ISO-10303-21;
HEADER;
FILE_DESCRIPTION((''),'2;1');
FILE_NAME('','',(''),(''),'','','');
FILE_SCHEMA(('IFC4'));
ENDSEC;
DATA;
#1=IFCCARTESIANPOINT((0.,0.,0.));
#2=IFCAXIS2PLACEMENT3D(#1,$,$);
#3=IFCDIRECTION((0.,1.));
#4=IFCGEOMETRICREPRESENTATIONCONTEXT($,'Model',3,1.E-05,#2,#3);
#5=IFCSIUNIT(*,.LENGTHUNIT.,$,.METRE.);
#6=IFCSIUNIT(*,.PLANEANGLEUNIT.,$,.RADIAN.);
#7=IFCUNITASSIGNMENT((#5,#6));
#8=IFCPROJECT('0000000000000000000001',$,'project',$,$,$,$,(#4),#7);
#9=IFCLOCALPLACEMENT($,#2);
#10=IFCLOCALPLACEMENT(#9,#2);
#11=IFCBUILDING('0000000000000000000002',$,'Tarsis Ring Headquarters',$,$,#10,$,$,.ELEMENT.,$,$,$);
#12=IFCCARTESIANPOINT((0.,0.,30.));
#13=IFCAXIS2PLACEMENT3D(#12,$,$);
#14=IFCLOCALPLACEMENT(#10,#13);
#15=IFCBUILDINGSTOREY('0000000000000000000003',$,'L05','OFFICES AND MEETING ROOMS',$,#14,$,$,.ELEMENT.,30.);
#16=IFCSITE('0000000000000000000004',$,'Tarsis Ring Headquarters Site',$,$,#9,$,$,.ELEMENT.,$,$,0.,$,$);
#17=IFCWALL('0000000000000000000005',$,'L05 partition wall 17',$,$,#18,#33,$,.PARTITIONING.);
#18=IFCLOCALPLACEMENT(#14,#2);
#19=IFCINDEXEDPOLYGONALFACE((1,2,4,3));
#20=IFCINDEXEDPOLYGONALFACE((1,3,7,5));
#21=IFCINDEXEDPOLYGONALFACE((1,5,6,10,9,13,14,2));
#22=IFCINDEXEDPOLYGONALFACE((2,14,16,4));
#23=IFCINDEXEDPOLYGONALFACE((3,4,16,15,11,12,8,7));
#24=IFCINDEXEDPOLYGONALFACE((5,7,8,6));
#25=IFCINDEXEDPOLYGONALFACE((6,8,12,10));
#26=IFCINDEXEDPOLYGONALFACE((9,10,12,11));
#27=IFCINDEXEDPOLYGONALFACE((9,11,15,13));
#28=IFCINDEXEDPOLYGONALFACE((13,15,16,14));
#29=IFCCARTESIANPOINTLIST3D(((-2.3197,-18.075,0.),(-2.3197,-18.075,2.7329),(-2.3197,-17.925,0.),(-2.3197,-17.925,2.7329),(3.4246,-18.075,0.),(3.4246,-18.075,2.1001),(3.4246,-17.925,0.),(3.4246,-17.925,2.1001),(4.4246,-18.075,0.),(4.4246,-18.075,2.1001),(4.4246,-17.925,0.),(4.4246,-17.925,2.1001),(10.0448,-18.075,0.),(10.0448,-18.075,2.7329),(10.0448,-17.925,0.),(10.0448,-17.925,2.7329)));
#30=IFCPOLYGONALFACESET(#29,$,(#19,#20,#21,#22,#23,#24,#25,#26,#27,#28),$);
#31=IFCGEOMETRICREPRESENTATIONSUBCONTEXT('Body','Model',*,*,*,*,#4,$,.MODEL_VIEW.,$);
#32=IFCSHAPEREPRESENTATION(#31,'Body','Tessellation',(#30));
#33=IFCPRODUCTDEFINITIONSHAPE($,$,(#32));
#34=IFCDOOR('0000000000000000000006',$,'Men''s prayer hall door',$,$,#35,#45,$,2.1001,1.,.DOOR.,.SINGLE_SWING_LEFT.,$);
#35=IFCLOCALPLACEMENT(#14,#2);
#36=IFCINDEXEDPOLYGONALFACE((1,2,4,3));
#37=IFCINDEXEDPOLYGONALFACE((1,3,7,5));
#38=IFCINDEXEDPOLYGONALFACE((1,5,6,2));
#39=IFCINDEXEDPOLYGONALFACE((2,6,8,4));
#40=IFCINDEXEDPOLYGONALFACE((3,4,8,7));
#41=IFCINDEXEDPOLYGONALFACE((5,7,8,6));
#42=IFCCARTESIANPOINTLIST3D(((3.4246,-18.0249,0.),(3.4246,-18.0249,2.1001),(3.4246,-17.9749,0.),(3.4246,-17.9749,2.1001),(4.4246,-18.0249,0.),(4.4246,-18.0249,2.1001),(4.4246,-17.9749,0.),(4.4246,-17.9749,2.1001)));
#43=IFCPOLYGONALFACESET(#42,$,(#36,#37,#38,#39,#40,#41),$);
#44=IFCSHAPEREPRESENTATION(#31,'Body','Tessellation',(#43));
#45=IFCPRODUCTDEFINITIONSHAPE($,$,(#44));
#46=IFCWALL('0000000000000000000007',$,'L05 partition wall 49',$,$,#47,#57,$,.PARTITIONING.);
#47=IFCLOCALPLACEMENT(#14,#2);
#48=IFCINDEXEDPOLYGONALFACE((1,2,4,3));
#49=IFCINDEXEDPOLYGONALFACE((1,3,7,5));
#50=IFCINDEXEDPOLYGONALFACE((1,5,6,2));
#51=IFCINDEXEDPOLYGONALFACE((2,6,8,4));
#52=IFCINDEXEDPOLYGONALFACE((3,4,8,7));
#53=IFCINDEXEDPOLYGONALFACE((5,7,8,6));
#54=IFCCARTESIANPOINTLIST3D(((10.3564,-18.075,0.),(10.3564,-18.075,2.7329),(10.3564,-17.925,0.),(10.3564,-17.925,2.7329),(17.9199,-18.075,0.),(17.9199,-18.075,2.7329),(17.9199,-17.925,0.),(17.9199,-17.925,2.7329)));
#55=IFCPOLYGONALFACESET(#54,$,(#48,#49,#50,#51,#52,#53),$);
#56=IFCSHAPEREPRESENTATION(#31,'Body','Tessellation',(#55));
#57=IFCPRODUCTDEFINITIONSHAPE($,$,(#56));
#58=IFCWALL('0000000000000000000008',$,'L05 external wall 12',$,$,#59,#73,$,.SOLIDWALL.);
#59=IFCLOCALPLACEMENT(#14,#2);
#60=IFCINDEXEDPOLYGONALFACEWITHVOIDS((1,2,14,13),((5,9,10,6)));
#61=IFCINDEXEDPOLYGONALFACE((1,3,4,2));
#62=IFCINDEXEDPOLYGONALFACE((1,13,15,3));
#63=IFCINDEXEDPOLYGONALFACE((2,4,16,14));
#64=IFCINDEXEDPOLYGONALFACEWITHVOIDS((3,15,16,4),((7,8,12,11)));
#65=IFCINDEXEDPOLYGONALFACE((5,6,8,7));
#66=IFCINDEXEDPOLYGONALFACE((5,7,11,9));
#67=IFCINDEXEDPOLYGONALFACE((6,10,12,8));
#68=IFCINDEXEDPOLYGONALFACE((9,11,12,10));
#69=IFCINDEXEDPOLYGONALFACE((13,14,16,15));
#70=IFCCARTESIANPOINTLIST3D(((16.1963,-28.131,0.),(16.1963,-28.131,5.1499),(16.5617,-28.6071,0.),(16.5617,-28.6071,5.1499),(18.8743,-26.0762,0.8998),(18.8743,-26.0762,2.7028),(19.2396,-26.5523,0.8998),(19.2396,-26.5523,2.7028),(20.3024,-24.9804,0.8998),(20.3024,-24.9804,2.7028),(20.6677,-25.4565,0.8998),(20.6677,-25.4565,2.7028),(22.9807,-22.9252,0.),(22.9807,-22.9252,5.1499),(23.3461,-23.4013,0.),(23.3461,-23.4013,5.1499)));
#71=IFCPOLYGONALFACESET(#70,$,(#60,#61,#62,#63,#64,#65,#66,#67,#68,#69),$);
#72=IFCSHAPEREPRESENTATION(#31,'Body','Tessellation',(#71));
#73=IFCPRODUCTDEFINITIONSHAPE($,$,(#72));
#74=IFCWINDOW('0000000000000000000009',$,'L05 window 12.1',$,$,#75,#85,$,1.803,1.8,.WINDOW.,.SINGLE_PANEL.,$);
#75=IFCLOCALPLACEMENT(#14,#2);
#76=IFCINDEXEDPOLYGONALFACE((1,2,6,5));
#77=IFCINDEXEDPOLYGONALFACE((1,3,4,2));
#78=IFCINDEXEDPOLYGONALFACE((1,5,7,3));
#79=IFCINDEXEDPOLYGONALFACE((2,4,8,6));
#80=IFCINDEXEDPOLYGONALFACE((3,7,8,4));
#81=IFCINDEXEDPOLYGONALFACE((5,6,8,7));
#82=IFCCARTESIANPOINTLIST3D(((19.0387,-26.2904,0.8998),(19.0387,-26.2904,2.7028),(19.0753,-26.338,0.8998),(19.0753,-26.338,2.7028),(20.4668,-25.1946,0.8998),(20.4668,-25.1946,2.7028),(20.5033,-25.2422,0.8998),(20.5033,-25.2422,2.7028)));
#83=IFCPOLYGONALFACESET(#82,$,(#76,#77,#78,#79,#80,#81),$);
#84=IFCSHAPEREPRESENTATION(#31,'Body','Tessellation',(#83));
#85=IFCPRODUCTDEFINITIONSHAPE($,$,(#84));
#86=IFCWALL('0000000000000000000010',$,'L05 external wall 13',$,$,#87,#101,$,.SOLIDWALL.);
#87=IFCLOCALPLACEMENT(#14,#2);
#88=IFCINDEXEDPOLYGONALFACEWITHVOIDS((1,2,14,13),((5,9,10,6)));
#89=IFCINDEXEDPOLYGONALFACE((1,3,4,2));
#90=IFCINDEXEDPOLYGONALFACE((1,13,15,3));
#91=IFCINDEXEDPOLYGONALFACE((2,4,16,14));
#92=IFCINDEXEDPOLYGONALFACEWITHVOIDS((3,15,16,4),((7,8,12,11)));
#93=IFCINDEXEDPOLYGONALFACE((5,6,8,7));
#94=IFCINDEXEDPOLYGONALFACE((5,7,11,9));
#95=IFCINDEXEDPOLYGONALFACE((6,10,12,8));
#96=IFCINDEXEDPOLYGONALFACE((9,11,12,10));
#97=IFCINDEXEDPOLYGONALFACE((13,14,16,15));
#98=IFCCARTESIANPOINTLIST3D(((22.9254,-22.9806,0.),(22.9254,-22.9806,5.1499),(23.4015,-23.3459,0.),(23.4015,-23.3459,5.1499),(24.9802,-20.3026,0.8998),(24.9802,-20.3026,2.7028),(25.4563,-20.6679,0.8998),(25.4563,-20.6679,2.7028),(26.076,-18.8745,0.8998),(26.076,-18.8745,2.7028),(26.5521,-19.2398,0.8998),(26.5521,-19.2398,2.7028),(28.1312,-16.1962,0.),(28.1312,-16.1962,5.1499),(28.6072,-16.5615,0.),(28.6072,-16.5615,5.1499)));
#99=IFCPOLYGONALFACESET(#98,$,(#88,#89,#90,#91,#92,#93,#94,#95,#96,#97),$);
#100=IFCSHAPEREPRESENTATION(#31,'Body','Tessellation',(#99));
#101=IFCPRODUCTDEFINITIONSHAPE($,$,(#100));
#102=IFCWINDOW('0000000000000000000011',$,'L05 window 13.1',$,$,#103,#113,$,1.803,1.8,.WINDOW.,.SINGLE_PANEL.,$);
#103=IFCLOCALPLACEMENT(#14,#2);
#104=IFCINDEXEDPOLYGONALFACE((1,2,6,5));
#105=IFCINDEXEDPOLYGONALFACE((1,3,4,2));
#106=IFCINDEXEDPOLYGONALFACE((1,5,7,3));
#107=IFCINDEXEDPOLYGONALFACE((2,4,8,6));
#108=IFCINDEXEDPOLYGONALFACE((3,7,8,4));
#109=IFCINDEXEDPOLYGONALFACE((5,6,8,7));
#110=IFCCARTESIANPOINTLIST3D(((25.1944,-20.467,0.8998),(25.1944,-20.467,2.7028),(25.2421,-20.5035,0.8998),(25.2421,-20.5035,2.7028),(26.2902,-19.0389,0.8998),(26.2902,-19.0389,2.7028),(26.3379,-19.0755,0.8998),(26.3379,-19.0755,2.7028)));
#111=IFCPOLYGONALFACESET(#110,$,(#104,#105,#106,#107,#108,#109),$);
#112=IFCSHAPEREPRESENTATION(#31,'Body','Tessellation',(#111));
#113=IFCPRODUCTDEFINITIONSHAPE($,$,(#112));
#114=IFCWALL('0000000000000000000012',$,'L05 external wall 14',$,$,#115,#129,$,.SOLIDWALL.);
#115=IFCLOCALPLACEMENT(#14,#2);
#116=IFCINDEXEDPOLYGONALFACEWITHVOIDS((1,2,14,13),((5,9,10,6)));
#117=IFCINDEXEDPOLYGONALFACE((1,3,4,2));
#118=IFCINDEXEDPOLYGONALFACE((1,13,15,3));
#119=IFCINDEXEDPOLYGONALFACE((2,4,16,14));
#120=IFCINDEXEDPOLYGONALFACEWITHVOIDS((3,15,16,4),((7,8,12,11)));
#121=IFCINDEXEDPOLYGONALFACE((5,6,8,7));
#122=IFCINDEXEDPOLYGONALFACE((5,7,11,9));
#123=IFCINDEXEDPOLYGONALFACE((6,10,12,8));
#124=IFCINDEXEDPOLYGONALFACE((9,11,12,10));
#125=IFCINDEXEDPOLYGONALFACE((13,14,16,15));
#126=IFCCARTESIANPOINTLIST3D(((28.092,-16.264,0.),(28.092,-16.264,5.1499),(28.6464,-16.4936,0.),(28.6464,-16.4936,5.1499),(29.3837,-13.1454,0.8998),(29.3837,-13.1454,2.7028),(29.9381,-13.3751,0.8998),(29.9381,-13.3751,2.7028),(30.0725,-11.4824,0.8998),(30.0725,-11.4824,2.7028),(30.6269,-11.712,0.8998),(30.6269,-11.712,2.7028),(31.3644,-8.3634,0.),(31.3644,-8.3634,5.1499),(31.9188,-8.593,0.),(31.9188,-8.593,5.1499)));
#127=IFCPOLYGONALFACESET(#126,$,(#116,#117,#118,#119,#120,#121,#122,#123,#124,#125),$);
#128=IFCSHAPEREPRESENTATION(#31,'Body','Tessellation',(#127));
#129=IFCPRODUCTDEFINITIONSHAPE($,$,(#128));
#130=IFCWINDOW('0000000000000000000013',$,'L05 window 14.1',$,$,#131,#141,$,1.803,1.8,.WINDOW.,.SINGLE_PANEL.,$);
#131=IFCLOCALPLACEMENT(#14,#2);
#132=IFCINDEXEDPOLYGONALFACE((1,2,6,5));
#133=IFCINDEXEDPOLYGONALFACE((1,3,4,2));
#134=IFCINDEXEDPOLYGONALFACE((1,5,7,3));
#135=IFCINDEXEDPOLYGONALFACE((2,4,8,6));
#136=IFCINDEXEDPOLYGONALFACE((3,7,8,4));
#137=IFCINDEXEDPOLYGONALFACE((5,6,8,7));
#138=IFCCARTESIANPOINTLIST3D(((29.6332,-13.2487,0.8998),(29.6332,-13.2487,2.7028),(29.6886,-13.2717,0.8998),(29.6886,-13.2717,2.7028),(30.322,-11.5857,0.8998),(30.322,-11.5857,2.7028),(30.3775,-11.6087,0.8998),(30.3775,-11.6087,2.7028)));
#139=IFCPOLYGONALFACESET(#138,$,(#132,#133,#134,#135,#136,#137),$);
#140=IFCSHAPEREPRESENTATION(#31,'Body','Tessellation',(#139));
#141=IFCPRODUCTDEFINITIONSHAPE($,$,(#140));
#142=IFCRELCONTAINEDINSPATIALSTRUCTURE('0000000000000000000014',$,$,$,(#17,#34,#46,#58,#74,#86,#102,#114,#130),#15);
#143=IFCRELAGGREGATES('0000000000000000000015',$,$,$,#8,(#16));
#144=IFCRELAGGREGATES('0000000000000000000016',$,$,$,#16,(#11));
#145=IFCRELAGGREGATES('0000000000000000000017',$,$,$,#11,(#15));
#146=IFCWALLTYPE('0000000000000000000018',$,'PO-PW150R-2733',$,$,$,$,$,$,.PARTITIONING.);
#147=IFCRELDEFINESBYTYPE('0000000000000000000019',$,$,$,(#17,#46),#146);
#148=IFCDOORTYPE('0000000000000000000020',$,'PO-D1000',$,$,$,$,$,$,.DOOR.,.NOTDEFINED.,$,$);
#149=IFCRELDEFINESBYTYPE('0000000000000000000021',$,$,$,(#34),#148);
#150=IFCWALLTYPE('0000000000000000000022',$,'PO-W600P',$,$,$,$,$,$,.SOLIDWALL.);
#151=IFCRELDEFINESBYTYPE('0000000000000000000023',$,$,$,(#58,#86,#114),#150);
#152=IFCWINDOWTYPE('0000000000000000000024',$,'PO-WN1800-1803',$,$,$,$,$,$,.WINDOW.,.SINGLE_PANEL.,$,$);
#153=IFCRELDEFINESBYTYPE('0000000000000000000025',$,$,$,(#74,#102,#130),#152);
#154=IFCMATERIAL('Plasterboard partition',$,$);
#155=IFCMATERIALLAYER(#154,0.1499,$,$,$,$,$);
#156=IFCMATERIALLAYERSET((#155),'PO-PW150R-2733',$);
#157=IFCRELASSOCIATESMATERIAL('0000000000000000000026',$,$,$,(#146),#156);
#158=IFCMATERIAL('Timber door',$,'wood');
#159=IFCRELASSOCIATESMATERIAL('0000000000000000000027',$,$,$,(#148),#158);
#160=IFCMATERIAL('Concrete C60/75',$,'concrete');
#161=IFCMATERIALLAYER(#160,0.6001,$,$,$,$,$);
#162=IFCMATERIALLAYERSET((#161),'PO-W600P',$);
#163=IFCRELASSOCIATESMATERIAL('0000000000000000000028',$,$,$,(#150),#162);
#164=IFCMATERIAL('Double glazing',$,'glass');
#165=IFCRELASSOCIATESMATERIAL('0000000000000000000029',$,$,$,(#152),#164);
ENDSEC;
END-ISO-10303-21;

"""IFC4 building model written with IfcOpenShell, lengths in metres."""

from ifc_helpers import new_model, si_unit, direction, frame, frame_2d, origin, place, context, subcontext, project, spatial, rectangle, extrude, material, layer, layer_set, type_object, element, fill, save


model = new_model("IFC4")

# Units and contexts
model_context = context("Model", 3, precision=1e-05, world=origin(), true_north=direction((0.0, 1.0)))
body_context = subcontext(model_context, "Body", "Model", "MODEL_VIEW")
ifc_project = project(units=[si_unit("LENGTHUNIT", "METRE"), si_unit("PLANEANGLEUNIT", "RADIAN")], contexts=[model_context])

# Site, building, storey
site_placement = place(None, origin())
site = spatial("IfcSite", under=ifc_project, at=site_placement, Name="Tarsis Ring Headquarters Site", CompositionType="ELEMENT", RefElevation=0.0)
building_placement = place(site_placement, origin())
building = spatial("IfcBuilding", under=site, at=building_placement, Name="Tarsis Ring Headquarters", CompositionType="ELEMENT")
storey_placement = place(building_placement, frame((0.0, 0.0, 30.0)))
storey = spatial("IfcBuildingStorey", under=building, at=storey_placement, Name="L05", Description="OFFICES AND MEETING ROOMS", CompositionType="ELEMENT", Elevation=30.0)

# Shared definitions
ifc_material_1 = material(Name="Concrete C60/75", Category="concrete")

# Shared definitions
ifc_material_2 = material(Name="Plasterboard partition")

# Wall, opening, door
ifc_layer_1 = layer(ifc_material_2, 0.1499)
ifc_layer_set_1 = layer_set([ifc_layer_1], Name="PO-PW150R-2733")
wall_type_1 = type_object("IfcWallType", Name="PO-PW150R-2733", PredefinedType="PARTITIONING", material=ifc_layer_set_1)
wall_1_placement = place(storey_placement, frame((10.0447, -18.0, 0.0), z_axis=(0.0, 0.0, 1.0), x_axis=(-1.0, 0.0, 0.0)))
wall_1 = element("IfcWall", 1, at=wall_1_placement, inside=storey, type_object=wall_type_1, Name="L05 partition wall 17", PredefinedType="PARTITIONING", context=body_context, shape_type="SweptSolid", body=[
    extrude(rectangle(XDim=12.3645, YDim=0.1499, at=frame_2d((6.1821, 0.0))), origin(), (0.0, 0.0, 1.0), 2.7329),
])
opening_1_placement = place(wall_1_placement, frame((5.6201, 0.0, 0.0)))
opening_1 = element("IfcOpeningElement", 2, at=opening_1_placement, cuts=wall_1, PredefinedType="OPENING", context=body_context, shape_type="SweptSolid", body=[
    extrude(rectangle(XDim=1.0, YDim=2.1001, at=frame_2d((0.5, 1.05))), frame((0.0, 0.085, 0.0), z_axis=(0.0, -1.0, 0.0), x_axis=(1.0, 0.0, 0.0)), (0.0, 0.0, 1.0), 0.1699),
])
ifc_material_3 = material(Name="Timber door", Category="wood")
door_type_1 = type_object("IfcDoorType", Name="PO-D1000", OperationType="NOTDEFINED", PredefinedType="DOOR", material=ifc_material_3)
door_1_placement = place(opening_1_placement, origin())
door_1 = element("IfcDoor", 3, at=door_1_placement, inside=storey, type_object=door_type_1, Name="Men's prayer hall door", OperationType="SINGLE_SWING_LEFT", OverallHeight=2.1001, OverallWidth=1.0, PredefinedType="DOOR", context=body_context, shape_type="SweptSolid", body=[
    extrude(rectangle(XDim=1.0, YDim=2.1001, at=frame_2d((0.5, 1.05))), frame((0.0, 0.0249, 0.0), z_axis=(0.0, -1.0, 0.0), x_axis=(1.0, 0.0, 0.0)), (0.0, 0.0, 1.0), 0.05),
])
fill(opening_1, door_1)

# Wall
wall_2_placement = place(storey_placement, frame((17.9199, -18.0, 0.0), z_axis=(0.0, 0.0, 1.0), x_axis=(-1.0, 0.0, 0.0)))
element("IfcWall", 4, at=wall_2_placement, inside=storey, type_object=wall_type_1, Name="L05 partition wall 49", PredefinedType="PARTITIONING", context=body_context, shape_type="SweptSolid", body=[
    extrude(rectangle(XDim=7.5635, YDim=0.1499, at=frame_2d((3.7817, 0.0))), origin(), (0.0, 0.0, 1.0), 2.7329),
])

# Walls, openings, windows
ifc_layer_2 = layer(ifc_material_1, 0.6001)
ifc_layer_set_2 = layer_set([ifc_layer_2], Name="PO-W600P")
wall_type_2 = type_object("IfcWallType", Name="PO-W600P", PredefinedType="SOLIDWALL", material=ifc_layer_set_2)
wall_3_placement = place(storey_placement, frame((16.3789, -28.3691, 0.0), z_axis=(0.0, 0.0, 1.0), x_axis=(0.793357, 0.608757, 0.0)))
wall_3 = element("IfcWall", 5, at=wall_3_placement, inside=storey, type_object=wall_type_2, Name="L05 external wall 12", PredefinedType="SOLIDWALL", context=body_context, shape_type="SweptSolid", body=[
    extrude(rectangle(XDim=8.5515, YDim=0.6001, at=frame_2d((4.2759, 0.0))), origin(), (0.0, 0.0, 1.0), 5.1499),
])
opening_2_placement = place(wall_3_placement, frame((3.3757, 0.0, 0.8999)))
opening_2 = element("IfcOpeningElement", 6, at=opening_2_placement, cuts=wall_3, PredefinedType="OPENING", context=body_context, shape_type="SweptSolid", body=[
    extrude(rectangle(XDim=1.8, YDim=1.803, at=frame_2d((0.8999, 0.9014))), frame((0.0, 0.3101, 0.0), z_axis=(0.0, -1.0, 0.0), x_axis=(1.0, 0.0, 0.0)), (0.0, 0.0, 1.0), 0.6201),
])
ifc_material_4 = material(Name="Double glazing", Category="glass")
window_type = type_object("IfcWindowType", Name="PO-WN1800-1803", PartitioningType="SINGLE_PANEL", PredefinedType="WINDOW", material=ifc_material_4)
window_1_placement = place(opening_2_placement, origin())
window_1 = element("IfcWindow", 7, at=window_1_placement, inside=storey, type_object=window_type, Name="L05 window 12.1", OverallHeight=1.803, OverallWidth=1.8, PartitioningType="SINGLE_PANEL", PredefinedType="WINDOW", context=body_context, shape_type="SweptSolid", body=[
    extrude(rectangle(XDim=1.8, YDim=1.803, at=frame_2d((0.8999, 0.9014))), frame((0.0, 0.03, 0.0), z_axis=(0.0, -1.0, 0.0), x_axis=(1.0, 0.0, 0.0)), (0.0, 0.0, 1.0), 0.0601),
])
fill(opening_2, window_1)
wall_4_placement = place(storey_placement, frame((23.1633, -23.1633, 0.0), z_axis=(0.0, 0.0, 1.0), x_axis=(0.608757, 0.793357, 0.0)))
wall_4 = element("IfcWall", 8, at=wall_4_placement, inside=storey, type_object=wall_type_2, Name="L05 external wall 13", PredefinedType="SOLIDWALL", context=body_context, shape_type="SweptSolid", body=[
    extrude(rectangle(XDim=8.5515, YDim=0.6001, at=frame_2d((4.2759, 0.0))), origin(), (0.0, 0.0, 1.0), 5.1499),
])
opening_3_placement = place(wall_4_placement, frame((3.3757, 0.0, 0.8999)))
opening_3 = element("IfcOpeningElement", 9, at=opening_3_placement, cuts=wall_4, PredefinedType="OPENING", context=body_context, shape_type="SweptSolid", body=[
    extrude(rectangle(XDim=1.8, YDim=1.803, at=frame_2d((0.8999, 0.9014))), frame((0.0, 0.3101, 0.0), z_axis=(0.0, -1.0, 0.0), x_axis=(1.0, 0.0, 0.0)), (0.0, 0.0, 1.0), 0.6201),
])
window_2_placement = place(opening_3_placement, origin())
window_2 = element("IfcWindow", 10, at=window_2_placement, inside=storey, type_object=window_type, Name="L05 window 13.1", OverallHeight=1.803, OverallWidth=1.8, PartitioningType="SINGLE_PANEL", PredefinedType="WINDOW", context=body_context, shape_type="SweptSolid", body=[
    extrude(rectangle(XDim=1.8, YDim=1.803, at=frame_2d((0.8999, 0.9014))), frame((0.0, 0.03, 0.0), z_axis=(0.0, -1.0, 0.0), x_axis=(1.0, 0.0, 0.0)), (0.0, 0.0, 1.0), 0.0601),
])
fill(opening_3, window_2)
wall_5_placement = place(storey_placement, frame((28.3691, -16.3789, 0.0), z_axis=(0.0, 0.0, 1.0), x_axis=(0.382675, 0.923883, 0.0)))
wall_5 = element("IfcWall", 11, at=wall_5_placement, inside=storey, type_object=wall_type_2, Name="L05 external wall 14", PredefinedType="SOLIDWALL", context=body_context, shape_type="SweptSolid", body=[
    extrude(rectangle(XDim=8.5515, YDim=0.6001, at=frame_2d((4.2759, 0.0))), origin(), (0.0, 0.0, 1.0), 5.1499),
])
opening_4_placement = place(wall_5_placement, frame((3.3757, 0.0, 0.8999)))
opening_4 = element("IfcOpeningElement", 12, at=opening_4_placement, cuts=wall_5, PredefinedType="OPENING", context=body_context, shape_type="SweptSolid", body=[
    extrude(rectangle(XDim=1.8, YDim=1.803, at=frame_2d((0.8999, 0.9014))), frame((0.0, 0.3101, 0.0), z_axis=(0.0, -1.0, 0.0), x_axis=(1.0, 0.0, 0.0)), (0.0, 0.0, 1.0), 0.6201),
])
window_3_placement = place(opening_4_placement, origin())
window_3 = element("IfcWindow", 13, at=window_3_placement, inside=storey, type_object=window_type, Name="L05 window 14.1", OverallHeight=1.803, OverallWidth=1.8, PartitioningType="SINGLE_PANEL", PredefinedType="WINDOW", context=body_context, shape_type="SweptSolid", body=[
    extrude(rectangle(XDim=1.8, YDim=1.803, at=frame_2d((0.8999, 0.9014))), frame((0.0, 0.03, 0.0), z_axis=(0.0, -1.0, 0.0), x_axis=(1.0, 0.0, 0.0)), (0.0, 0.0, 1.0), 0.0601),
])
fill(opening_4, window_3)

save(model, "model.ifc")
